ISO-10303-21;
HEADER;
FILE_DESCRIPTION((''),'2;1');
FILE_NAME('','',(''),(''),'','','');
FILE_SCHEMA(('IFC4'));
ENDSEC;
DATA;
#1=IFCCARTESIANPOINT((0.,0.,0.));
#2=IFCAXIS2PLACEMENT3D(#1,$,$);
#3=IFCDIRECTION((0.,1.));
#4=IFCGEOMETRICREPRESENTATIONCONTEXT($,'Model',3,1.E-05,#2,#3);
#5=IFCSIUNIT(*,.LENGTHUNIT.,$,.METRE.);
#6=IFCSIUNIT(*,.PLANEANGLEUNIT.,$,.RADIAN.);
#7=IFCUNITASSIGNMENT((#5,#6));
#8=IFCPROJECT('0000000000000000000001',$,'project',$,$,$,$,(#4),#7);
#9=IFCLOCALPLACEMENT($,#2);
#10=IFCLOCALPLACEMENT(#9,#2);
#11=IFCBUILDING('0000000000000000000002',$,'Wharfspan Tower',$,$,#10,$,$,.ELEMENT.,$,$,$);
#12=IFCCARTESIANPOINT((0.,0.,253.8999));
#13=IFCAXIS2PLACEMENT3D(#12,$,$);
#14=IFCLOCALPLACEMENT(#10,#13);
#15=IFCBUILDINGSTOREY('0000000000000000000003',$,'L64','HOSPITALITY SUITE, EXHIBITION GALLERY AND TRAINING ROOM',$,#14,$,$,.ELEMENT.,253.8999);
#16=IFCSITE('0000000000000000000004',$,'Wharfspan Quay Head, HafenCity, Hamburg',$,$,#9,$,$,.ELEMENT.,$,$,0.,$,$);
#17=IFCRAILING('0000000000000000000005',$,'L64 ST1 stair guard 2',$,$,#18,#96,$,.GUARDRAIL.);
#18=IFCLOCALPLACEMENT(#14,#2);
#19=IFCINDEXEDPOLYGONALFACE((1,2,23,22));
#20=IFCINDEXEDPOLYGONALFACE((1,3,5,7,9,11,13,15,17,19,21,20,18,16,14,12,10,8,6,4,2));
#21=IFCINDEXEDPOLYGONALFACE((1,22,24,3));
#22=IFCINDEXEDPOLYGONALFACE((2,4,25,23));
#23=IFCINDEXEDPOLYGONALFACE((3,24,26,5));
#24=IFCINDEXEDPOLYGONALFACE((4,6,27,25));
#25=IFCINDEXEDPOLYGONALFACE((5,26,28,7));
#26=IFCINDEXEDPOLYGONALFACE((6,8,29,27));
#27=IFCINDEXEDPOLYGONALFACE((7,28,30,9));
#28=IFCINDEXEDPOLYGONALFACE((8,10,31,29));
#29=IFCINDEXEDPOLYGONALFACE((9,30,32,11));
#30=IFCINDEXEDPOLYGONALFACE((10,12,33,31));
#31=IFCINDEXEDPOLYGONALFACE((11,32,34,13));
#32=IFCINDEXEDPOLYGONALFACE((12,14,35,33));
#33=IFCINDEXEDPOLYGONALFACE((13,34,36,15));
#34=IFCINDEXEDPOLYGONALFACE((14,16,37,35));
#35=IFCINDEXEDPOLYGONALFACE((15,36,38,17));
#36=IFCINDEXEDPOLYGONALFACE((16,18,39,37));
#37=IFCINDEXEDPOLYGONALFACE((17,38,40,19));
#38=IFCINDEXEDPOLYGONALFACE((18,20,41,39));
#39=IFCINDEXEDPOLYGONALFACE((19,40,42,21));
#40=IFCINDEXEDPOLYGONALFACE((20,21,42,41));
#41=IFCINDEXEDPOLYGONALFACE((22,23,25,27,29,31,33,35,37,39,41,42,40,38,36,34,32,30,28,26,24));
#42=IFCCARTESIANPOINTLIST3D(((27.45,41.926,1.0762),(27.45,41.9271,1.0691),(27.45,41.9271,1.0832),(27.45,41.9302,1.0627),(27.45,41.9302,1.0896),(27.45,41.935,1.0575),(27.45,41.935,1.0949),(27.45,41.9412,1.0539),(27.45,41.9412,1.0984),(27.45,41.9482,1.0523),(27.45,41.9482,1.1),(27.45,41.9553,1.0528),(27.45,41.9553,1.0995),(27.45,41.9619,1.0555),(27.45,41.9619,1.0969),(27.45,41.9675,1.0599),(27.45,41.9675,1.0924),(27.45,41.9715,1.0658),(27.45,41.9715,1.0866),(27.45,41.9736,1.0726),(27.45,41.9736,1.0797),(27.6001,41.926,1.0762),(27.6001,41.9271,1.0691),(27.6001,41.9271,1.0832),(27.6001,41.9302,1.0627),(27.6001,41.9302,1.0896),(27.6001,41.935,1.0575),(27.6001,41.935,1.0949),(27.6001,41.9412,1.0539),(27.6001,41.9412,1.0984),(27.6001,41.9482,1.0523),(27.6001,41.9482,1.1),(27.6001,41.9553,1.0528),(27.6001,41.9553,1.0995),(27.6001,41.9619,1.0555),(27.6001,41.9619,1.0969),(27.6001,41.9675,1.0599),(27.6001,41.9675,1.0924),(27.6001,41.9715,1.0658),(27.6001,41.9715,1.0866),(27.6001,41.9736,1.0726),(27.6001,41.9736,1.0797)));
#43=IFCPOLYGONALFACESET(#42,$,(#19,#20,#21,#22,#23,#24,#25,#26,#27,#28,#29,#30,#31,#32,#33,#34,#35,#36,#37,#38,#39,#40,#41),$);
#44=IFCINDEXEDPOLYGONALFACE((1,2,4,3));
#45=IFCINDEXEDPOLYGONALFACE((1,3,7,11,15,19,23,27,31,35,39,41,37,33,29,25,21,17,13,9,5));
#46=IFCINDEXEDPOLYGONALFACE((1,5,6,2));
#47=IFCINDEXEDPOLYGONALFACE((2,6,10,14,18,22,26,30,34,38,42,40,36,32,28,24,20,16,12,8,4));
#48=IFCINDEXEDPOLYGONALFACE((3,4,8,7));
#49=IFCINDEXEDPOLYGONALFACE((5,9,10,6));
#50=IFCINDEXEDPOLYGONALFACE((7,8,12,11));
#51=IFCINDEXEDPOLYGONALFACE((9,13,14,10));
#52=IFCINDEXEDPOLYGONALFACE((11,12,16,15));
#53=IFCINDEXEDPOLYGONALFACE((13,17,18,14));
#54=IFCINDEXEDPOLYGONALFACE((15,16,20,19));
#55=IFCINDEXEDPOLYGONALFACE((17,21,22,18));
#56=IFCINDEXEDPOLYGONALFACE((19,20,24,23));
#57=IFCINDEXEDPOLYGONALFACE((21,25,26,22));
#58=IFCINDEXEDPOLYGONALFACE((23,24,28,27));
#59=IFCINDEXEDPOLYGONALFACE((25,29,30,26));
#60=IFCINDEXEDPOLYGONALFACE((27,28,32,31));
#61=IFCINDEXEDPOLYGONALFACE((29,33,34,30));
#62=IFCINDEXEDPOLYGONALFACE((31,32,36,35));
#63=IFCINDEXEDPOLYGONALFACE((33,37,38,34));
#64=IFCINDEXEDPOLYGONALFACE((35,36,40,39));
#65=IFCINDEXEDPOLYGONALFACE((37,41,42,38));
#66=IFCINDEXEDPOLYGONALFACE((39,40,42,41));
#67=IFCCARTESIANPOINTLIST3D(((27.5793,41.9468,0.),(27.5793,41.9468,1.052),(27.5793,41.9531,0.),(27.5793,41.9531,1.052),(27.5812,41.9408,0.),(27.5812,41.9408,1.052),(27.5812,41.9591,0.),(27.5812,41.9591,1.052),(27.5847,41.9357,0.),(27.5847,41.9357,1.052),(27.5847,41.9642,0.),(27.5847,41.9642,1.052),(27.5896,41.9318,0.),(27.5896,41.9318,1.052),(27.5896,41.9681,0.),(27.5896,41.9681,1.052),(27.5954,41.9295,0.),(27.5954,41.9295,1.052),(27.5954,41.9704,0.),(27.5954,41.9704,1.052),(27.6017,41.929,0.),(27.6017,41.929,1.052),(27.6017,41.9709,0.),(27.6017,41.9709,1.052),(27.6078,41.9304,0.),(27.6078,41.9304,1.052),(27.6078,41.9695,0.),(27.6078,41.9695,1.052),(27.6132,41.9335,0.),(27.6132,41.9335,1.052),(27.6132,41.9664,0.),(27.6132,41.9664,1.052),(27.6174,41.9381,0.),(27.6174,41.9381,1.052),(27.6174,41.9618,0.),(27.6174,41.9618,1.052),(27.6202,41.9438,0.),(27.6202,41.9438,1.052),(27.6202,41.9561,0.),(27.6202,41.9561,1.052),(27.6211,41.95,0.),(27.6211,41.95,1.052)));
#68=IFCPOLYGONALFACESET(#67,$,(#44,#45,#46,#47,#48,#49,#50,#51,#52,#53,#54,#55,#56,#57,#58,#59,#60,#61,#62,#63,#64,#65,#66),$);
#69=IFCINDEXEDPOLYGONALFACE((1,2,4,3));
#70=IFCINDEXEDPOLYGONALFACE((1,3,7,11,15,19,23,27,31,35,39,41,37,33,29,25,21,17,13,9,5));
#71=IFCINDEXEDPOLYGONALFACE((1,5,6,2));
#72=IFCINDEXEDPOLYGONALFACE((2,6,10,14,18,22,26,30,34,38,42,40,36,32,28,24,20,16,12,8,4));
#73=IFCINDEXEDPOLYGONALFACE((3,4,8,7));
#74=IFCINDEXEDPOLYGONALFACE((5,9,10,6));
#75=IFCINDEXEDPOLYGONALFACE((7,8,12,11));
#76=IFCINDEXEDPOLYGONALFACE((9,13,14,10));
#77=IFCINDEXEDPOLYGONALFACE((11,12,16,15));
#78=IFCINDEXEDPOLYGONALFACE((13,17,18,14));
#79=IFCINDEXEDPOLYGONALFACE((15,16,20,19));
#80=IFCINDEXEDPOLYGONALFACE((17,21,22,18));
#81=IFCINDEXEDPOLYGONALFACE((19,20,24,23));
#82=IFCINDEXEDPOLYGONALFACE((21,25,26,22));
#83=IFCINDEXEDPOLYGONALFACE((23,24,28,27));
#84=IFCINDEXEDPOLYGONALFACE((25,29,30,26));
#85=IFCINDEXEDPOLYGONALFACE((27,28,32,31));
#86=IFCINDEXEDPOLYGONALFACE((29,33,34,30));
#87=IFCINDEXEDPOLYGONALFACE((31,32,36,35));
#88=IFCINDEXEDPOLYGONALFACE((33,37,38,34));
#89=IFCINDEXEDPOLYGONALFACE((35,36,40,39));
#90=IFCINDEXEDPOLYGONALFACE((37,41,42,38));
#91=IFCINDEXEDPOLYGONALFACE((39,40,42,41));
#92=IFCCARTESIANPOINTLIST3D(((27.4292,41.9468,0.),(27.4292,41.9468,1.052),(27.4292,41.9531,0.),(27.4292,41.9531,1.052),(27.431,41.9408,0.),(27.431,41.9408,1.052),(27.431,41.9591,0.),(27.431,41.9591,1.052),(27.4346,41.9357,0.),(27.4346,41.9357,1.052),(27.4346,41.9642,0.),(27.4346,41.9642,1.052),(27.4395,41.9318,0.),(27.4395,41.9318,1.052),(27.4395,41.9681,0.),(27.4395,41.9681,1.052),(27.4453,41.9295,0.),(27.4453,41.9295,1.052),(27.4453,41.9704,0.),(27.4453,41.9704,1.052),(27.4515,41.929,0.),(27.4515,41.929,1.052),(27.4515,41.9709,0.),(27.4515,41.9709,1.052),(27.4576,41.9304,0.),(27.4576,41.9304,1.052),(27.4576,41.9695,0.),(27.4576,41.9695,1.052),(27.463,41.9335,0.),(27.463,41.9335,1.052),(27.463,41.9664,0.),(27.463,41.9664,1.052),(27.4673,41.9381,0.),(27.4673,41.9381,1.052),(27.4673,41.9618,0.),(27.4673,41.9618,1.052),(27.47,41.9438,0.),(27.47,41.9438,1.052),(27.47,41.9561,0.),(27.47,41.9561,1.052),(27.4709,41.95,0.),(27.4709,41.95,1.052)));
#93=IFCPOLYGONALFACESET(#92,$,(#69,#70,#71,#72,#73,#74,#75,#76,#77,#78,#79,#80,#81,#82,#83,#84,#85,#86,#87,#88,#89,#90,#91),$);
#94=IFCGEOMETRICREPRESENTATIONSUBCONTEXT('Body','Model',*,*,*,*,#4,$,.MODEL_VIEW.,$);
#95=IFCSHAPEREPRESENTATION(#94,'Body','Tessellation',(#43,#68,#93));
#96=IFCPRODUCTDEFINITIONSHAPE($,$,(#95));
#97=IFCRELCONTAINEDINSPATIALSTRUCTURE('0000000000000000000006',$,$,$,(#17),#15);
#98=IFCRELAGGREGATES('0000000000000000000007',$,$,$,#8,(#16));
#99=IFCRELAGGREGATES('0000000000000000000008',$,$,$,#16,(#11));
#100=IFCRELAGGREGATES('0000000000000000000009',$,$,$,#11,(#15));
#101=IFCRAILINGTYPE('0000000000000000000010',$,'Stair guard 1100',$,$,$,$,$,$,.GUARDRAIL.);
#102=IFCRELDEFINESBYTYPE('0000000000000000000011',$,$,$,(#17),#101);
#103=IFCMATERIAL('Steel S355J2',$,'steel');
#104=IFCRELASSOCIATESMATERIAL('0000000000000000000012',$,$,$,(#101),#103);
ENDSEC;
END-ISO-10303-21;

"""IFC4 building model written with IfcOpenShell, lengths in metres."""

from ifc_helpers import new_model, si_unit, direction, frame, origin, origin_2d, place, context, subcontext, project, spatial, circle, extrude, material, type_object, element, save


model = new_model("IFC4")

# Units and contexts
model_context = context("Model", 3, precision=1e-05, world=origin(), true_north=direction((0.0, 1.0)))
body_context = subcontext(model_context, "Body", "Model", "MODEL_VIEW")
ifc_project = project(units=[si_unit("LENGTHUNIT", "METRE"), si_unit("PLANEANGLEUNIT", "RADIAN")], contexts=[model_context])

# Site, building, storey
site_placement = place(None, origin())
site = spatial("IfcSite", under=ifc_project, at=site_placement, Name="Wharfspan Quay Head, HafenCity, Hamburg", CompositionType="ELEMENT", RefElevation=0.0)
building_placement = place(site_placement, origin())
building = spatial("IfcBuilding", under=site, at=building_placement, Name="Wharfspan Tower", CompositionType="ELEMENT")
storey_placement = place(building_placement, frame((0.0, 0.0, 253.8999)))
storey = spatial("IfcBuildingStorey", under=building, at=storey_placement, Name="L64", Description="HOSPITALITY SUITE, EXHIBITION GALLERY AND TRAINING ROOM", CompositionType="ELEMENT", Elevation=253.8999)

# Shared definitions
ifc_material_1 = material(Name="Steel S355J2", Category="steel")

# Railing
railing_type_1 = type_object("IfcRailingType", Name="Stair guard 1100", PredefinedType="GUARDRAIL", material=ifc_material_1)
railing_1_placement = place(storey_placement, frame((27.6001, 41.95, 0.0)))
element("IfcRailing", 1, at=railing_1_placement, inside=storey, type_object=railing_type_1, Name="L64 ST1 stair guard 2", PredefinedType="GUARDRAIL", context=body_context, shape_type="SweptSolid", body=[
    extrude(circle(Radius=0.0239, at=origin_2d()), frame((0.0, 0.0, 1.0762), z_axis=(-1.0, 0.0, 0.0), x_axis=(0.0, -1.0, 0.0)), (0.0, 0.0, 1.0), 0.1501),
    extrude(circle(Radius=0.021, at=origin_2d()), origin(), (0.0, 0.0, 1.0), 1.052),
    extrude(circle(Radius=0.021, at=origin_2d()), frame((-0.1501, 0.0, 0.0)), (0.0, 0.0, 1.0), 1.052),
])

save(model, "model.ifc")
